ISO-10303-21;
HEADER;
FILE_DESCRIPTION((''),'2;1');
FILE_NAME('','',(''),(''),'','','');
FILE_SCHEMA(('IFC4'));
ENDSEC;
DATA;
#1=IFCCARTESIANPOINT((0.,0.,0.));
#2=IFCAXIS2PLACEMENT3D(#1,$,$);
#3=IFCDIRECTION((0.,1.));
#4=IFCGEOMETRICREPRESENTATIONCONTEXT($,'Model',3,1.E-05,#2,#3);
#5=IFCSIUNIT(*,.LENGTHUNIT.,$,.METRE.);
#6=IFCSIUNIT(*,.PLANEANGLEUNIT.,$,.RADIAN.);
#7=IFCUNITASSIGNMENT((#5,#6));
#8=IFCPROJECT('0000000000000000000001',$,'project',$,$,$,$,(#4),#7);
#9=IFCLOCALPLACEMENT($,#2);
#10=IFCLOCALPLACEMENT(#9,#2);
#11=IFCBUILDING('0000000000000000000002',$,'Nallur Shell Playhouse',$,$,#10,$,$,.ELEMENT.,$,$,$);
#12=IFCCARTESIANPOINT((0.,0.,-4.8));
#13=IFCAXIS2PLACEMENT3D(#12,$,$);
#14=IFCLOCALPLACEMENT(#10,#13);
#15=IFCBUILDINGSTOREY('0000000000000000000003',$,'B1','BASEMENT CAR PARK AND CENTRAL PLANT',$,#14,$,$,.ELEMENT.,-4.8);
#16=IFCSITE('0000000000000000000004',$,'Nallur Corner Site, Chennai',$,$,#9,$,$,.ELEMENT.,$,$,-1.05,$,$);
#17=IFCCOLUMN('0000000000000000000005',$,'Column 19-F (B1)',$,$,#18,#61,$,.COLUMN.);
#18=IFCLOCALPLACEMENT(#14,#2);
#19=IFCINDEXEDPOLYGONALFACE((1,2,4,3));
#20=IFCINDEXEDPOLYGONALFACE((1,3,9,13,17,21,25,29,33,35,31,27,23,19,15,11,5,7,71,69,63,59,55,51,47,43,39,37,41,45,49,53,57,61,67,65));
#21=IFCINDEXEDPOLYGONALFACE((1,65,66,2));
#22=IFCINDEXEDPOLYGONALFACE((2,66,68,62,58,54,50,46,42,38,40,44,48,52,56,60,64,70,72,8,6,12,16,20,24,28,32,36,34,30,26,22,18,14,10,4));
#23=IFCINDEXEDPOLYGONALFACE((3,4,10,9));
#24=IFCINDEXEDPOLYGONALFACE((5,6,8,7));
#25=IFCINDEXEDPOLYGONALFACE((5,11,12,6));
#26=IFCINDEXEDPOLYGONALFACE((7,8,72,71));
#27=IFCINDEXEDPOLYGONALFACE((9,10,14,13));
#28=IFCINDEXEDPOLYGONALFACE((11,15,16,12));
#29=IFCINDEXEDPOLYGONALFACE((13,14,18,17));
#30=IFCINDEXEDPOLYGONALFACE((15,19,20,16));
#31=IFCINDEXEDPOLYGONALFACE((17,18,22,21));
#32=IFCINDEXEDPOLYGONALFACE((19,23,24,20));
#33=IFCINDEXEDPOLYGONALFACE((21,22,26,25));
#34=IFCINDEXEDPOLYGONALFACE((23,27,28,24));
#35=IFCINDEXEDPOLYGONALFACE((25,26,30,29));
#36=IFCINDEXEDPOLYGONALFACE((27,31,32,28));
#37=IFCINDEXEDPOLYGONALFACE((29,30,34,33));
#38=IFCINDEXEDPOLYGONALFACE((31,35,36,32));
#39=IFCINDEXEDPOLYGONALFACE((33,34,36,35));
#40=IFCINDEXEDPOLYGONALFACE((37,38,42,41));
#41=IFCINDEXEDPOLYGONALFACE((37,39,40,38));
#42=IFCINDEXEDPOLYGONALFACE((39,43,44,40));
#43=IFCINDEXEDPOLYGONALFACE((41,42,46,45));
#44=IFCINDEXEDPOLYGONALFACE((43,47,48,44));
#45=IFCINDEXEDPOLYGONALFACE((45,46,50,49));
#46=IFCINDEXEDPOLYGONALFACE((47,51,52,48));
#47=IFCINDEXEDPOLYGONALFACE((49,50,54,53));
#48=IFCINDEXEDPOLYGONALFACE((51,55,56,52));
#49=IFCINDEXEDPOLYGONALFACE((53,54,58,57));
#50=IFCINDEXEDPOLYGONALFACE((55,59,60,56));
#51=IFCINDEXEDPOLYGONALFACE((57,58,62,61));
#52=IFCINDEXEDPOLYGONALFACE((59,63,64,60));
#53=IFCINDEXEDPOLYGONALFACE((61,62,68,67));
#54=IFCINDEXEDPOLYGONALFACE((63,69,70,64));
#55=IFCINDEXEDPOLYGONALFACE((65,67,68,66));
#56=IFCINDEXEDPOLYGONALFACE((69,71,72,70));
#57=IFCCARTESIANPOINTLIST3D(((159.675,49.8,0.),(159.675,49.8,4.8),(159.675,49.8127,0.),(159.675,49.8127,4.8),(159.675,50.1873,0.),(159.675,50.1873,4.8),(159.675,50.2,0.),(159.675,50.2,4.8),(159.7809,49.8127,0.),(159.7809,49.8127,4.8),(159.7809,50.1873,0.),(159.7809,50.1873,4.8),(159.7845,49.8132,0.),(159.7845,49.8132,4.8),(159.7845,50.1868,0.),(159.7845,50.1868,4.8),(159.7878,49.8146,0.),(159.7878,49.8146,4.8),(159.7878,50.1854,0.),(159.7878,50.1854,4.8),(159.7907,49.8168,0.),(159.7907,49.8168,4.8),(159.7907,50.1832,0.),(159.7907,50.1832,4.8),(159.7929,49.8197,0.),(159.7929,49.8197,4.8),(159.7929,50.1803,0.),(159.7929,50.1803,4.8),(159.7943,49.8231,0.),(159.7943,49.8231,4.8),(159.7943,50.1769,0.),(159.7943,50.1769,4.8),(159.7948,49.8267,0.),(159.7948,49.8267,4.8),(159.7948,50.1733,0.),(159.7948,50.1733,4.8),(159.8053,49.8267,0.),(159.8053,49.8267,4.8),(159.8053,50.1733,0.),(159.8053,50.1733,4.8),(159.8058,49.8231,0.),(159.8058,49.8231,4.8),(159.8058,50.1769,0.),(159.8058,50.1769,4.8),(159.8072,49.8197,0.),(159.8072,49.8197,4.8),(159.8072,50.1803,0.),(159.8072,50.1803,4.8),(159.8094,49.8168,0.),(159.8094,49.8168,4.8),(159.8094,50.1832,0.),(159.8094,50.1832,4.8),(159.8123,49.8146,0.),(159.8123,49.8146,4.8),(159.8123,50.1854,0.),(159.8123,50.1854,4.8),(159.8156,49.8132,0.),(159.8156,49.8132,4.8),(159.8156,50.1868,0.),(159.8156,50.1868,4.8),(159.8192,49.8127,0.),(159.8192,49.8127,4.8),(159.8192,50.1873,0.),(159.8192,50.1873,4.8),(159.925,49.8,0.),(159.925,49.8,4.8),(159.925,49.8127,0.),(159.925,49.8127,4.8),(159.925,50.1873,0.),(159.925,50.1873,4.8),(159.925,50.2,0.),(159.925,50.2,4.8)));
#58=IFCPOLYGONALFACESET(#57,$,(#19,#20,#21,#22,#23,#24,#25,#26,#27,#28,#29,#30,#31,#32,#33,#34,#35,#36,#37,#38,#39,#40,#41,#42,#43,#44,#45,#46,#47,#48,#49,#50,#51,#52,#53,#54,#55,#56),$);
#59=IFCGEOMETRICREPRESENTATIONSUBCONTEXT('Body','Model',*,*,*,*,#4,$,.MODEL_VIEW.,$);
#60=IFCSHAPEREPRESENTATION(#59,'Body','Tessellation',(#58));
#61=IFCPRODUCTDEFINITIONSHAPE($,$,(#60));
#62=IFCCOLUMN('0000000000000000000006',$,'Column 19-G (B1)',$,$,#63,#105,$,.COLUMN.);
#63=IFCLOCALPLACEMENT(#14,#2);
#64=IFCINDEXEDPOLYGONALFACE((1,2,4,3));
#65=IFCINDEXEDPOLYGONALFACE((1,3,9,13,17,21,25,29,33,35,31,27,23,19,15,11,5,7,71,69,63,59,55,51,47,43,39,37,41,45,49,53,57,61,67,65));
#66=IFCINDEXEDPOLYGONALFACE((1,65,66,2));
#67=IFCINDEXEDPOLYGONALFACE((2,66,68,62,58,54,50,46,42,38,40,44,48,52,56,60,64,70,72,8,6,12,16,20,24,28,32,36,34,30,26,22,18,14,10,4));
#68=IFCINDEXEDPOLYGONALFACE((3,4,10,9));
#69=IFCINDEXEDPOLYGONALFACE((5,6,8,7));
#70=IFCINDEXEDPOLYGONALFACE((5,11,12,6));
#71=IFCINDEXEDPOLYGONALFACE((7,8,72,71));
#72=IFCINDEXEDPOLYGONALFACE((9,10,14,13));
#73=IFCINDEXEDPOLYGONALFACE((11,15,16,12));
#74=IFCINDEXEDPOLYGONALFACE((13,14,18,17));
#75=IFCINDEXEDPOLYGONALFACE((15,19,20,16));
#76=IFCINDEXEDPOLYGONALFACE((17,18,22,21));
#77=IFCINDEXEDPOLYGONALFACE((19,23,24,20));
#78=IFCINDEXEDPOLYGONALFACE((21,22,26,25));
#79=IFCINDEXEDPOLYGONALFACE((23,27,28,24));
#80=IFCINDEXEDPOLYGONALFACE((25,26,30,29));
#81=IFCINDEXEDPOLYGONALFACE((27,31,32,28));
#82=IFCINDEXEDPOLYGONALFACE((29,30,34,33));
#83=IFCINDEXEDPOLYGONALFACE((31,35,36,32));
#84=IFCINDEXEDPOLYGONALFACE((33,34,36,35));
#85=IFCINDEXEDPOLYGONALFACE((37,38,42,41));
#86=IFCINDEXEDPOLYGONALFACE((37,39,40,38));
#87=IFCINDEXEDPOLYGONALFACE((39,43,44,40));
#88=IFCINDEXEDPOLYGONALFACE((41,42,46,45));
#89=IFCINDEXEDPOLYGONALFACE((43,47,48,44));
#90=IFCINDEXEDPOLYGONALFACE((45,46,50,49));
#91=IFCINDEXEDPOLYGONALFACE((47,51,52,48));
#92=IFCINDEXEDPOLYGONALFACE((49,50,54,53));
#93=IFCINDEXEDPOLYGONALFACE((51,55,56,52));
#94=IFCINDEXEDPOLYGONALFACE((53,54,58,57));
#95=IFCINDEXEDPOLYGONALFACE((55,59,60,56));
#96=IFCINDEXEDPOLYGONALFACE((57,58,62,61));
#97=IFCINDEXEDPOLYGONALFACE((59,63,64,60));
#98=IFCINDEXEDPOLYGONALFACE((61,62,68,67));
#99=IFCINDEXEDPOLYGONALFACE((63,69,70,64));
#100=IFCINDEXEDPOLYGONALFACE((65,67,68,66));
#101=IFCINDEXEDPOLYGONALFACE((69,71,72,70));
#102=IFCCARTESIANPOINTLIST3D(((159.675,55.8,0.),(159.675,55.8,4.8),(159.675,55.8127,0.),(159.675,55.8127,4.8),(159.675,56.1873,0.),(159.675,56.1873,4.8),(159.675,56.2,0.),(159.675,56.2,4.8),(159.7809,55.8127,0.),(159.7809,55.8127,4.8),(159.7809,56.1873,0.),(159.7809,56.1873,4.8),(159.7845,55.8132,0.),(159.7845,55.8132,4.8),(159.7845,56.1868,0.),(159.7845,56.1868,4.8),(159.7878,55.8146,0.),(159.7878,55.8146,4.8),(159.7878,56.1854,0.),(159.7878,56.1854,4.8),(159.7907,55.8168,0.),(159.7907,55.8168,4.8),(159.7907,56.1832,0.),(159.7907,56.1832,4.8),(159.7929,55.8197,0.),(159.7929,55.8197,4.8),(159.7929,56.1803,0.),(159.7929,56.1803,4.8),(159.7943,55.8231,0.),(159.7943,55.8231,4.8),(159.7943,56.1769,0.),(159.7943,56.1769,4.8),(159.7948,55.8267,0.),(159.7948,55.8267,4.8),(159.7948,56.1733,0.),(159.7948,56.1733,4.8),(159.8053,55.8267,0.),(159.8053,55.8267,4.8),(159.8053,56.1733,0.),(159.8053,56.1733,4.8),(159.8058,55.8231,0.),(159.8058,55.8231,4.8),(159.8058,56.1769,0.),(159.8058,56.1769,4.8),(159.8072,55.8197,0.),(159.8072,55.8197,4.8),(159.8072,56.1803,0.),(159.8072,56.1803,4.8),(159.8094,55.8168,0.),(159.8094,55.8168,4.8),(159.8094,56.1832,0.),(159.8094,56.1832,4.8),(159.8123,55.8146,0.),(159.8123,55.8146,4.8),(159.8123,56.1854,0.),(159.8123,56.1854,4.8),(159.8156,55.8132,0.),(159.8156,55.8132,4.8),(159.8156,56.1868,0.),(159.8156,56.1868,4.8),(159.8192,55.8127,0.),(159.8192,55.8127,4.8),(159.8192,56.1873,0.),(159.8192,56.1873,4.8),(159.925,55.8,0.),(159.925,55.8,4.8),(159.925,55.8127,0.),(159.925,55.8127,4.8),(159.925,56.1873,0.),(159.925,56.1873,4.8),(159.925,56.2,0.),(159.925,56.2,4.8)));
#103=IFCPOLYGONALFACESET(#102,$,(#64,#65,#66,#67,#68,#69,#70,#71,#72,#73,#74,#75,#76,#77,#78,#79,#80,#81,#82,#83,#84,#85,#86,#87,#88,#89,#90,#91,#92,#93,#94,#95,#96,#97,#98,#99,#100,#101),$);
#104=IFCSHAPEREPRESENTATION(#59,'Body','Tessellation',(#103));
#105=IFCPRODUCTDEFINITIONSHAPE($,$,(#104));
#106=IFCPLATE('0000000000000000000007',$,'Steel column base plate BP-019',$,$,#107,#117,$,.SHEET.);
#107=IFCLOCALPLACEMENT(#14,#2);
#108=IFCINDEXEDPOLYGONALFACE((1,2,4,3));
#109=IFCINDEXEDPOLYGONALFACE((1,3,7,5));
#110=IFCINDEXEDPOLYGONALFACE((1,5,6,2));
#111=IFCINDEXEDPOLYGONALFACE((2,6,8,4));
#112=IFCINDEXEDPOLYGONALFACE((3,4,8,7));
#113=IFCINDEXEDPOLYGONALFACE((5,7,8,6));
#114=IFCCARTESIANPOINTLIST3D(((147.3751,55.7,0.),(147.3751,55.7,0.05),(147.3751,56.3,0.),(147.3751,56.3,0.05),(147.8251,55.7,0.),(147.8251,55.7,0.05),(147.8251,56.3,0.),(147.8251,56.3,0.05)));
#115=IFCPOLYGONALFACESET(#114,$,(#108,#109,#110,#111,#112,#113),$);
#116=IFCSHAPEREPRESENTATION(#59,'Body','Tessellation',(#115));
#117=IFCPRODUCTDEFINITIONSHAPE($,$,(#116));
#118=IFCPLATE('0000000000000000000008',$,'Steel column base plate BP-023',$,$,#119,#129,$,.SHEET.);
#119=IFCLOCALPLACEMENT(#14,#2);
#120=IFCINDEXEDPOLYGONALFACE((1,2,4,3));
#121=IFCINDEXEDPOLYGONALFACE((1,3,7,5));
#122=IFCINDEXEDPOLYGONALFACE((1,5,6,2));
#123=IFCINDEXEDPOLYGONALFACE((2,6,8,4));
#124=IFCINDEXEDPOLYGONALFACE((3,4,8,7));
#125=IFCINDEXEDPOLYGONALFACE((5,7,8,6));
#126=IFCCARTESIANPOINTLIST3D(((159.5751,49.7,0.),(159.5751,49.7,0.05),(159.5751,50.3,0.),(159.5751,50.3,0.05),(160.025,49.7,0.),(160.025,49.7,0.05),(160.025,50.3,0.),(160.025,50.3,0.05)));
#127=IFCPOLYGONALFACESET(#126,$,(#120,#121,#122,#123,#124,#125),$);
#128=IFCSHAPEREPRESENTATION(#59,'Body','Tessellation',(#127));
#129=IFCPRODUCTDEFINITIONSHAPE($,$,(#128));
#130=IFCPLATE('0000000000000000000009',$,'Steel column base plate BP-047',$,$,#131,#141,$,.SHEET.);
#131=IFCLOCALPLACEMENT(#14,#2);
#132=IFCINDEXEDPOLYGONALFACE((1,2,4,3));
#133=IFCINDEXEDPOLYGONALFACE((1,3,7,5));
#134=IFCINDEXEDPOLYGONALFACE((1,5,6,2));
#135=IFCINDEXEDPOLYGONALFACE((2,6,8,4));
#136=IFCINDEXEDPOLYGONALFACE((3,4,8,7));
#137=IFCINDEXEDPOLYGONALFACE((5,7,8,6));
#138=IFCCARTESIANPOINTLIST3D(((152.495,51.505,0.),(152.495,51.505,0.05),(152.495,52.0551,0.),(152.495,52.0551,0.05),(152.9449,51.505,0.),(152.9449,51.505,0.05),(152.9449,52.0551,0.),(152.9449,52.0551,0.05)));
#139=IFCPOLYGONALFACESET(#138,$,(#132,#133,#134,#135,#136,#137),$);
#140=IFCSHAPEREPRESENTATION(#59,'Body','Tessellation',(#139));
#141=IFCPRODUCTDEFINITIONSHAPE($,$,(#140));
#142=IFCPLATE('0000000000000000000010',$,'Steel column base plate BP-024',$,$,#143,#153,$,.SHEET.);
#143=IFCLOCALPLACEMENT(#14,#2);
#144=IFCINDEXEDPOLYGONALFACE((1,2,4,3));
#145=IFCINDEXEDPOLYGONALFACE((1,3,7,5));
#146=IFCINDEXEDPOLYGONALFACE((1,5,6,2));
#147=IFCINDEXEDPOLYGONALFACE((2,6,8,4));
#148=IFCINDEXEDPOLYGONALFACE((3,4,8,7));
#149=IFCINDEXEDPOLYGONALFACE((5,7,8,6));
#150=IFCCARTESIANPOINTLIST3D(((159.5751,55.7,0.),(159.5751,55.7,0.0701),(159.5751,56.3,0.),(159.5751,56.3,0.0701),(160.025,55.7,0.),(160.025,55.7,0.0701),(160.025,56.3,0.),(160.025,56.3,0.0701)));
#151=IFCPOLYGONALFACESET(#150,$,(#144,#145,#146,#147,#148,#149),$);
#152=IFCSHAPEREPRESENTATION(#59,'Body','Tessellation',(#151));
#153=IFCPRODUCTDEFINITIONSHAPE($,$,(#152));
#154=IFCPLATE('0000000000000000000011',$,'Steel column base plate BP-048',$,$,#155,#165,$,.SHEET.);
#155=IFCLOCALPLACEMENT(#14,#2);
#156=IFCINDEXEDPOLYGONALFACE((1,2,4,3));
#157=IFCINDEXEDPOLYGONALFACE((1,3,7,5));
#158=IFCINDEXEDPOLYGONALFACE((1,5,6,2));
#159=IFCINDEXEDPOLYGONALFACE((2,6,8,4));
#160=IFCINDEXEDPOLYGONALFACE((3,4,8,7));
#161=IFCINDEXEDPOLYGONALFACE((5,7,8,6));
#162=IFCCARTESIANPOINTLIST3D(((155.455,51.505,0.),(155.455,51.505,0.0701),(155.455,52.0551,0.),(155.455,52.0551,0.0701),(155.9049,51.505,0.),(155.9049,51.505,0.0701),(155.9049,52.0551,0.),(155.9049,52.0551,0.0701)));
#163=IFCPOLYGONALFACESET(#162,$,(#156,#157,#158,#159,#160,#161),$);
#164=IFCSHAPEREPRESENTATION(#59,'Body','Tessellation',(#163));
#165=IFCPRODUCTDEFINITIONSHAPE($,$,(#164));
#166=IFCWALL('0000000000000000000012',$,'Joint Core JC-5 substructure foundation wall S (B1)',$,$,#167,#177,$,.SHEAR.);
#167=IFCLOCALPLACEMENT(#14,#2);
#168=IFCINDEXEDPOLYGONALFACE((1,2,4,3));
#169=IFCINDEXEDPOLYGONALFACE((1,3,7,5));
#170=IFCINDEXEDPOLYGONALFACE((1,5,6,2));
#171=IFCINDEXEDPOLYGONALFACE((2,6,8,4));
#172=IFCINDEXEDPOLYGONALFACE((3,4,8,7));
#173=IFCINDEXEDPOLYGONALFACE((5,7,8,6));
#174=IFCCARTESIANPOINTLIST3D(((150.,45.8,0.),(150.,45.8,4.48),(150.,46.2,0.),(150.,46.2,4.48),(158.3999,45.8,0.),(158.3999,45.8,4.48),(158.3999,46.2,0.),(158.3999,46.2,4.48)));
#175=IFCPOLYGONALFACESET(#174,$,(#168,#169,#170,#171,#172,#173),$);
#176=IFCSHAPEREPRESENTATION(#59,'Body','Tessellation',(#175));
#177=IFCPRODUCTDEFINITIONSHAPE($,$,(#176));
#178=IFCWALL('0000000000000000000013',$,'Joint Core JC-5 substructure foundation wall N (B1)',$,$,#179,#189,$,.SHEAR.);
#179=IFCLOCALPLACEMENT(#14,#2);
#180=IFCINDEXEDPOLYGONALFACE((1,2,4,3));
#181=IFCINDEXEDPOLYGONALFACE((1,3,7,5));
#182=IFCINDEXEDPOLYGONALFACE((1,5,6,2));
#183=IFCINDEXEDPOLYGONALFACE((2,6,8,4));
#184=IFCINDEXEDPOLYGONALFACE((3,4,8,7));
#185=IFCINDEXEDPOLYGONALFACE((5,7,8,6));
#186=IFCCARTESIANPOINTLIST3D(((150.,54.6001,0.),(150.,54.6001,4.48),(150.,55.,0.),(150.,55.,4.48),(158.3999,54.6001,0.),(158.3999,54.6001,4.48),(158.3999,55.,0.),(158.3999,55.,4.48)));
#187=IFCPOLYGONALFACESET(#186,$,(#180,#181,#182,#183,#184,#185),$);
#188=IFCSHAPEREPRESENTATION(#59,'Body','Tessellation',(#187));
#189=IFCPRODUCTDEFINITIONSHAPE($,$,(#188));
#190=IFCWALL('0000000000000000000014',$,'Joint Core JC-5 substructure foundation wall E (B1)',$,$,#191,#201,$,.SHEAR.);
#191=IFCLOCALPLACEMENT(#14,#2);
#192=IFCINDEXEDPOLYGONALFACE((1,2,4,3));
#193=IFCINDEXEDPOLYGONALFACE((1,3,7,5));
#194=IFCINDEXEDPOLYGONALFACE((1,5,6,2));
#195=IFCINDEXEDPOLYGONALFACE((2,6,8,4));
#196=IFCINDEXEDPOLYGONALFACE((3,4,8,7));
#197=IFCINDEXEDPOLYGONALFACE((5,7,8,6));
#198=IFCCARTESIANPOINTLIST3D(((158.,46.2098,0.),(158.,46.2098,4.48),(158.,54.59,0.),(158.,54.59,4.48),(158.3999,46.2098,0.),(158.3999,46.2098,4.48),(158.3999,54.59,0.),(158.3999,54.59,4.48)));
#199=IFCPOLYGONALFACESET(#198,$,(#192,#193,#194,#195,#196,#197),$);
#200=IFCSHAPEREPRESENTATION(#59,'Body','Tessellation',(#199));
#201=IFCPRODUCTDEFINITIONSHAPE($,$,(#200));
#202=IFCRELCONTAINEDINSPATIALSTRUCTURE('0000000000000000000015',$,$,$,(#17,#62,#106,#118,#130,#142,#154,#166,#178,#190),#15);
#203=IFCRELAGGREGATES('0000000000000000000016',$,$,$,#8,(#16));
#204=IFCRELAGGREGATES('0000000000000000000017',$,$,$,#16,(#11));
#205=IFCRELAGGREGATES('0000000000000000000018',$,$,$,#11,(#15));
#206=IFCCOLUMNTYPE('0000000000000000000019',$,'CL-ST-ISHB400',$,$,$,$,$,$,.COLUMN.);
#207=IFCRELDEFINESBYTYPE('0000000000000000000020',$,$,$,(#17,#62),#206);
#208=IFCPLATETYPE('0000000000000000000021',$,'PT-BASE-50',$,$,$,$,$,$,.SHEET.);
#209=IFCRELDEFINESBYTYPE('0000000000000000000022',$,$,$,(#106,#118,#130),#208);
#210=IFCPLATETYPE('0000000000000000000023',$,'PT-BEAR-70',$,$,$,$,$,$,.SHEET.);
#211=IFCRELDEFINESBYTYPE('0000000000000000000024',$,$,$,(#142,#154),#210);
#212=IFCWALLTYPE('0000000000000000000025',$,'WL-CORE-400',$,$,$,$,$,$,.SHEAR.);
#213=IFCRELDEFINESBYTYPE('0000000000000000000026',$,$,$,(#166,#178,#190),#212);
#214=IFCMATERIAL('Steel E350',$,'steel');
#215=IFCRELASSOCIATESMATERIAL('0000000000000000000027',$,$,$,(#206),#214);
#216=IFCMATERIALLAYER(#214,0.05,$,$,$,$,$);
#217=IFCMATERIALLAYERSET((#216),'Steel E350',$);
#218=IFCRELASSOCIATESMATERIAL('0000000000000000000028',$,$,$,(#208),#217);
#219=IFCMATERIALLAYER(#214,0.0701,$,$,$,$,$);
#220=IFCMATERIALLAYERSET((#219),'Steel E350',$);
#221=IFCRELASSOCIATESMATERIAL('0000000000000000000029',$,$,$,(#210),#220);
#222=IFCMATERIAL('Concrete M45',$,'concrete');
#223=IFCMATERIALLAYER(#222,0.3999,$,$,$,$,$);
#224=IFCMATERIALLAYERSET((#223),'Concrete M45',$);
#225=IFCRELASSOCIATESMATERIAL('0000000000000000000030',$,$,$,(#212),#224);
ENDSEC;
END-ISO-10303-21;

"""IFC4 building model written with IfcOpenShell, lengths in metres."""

from ifc_helpers import new_model, si_unit, direction, frame, frame_2d, origin, origin_2d, place, context, subcontext, project, spatial, rectangle, i_section, extrude, material, layer, layer_set, material_profile, profile_set, type_object, element, save


model = new_model("IFC4")

# Units and contexts
model_context = context("Model", 3, precision=1e-05, world=origin(), true_north=direction((0.0, 1.0)))
body_context = subcontext(model_context, "Body", "Model", "MODEL_VIEW")
ifc_project = project(units=[si_unit("LENGTHUNIT", "METRE"), si_unit("PLANEANGLEUNIT", "RADIAN")], contexts=[model_context])

# Site, building, storey
site_placement = place(None, origin())
site = spatial("IfcSite", under=ifc_project, at=site_placement, Name="Nallur Corner Site, Chennai", CompositionType="ELEMENT", RefElevation=-1.05)
building_placement = place(site_placement, origin())
building = spatial("IfcBuilding", under=site, at=building_placement, Name="Nallur Shell Playhouse", CompositionType="ELEMENT")
storey_placement = place(building_placement, frame((0.0, 0.0, -4.8)))
storey = spatial("IfcBuildingStorey", under=building, at=storey_placement, Name="B1", Description="BASEMENT CAR PARK AND CENTRAL PLANT", CompositionType="ELEMENT", Elevation=-4.8)

# Columns
ifc_material_1 = material(Name="Steel E350", Category="steel")
ifc_material_profile_1 = material_profile(ifc_material_1, i_section(OverallWidth=0.25, OverallDepth=0.3999, WebThickness=0.0105, FlangeThickness=0.0127, FilletRadius=0.0139, at=origin_2d()), Name="ISHB 400")
ifc_profile_set_1 = profile_set([ifc_material_profile_1], Name="Steel E350")
column_type_1 = type_object("IfcColumnType", Name="CL-ST-ISHB400", PredefinedType="COLUMN", material=ifc_profile_set_1)
for number, where, z_axis, x_axis, name in (
    (1, (159.8, 50.0, 0.0), (0.0, 0.0, 1.0), (1.0, 0.0, 0.0), "Column 19-F (B1)"),
    (2, (159.8, 56.0, 0.0), (0.0, 0.0, 1.0), (1.0, 0.0, 0.0), "Column 19-G (B1)"),
):
    element("IfcColumn", number, at=place(storey_placement, frame(where, z_axis=z_axis, x_axis=x_axis)), inside=storey, type_object=column_type_1, Name=name, PredefinedType="COLUMN", context=body_context, shape_type="SweptSolid", body=[
        extrude(i_section(OverallWidth=0.25, OverallDepth=0.3999, WebThickness=0.0105, FlangeThickness=0.0127, FilletRadius=0.0139, at=origin_2d()), origin(), (0.0, 0.0, 1.0), 4.8),
    ])

# Plates
ifc_layer_1 = layer(ifc_material_1, 0.05)
ifc_layer_set_1 = layer_set([ifc_layer_1], Name="Steel E350")
plate_type_1 = type_object("IfcPlateType", Name="PT-BASE-50", PredefinedType="SHEET", material=ifc_layer_set_1)
for number, where, z_axis, x_axis, name in (
    (3, (147.6001, 56.0, 0.0), (0.0, 0.0, 1.0), (1.0, 0.0, 0.0), "Steel column base plate BP-019"),
    (4, (159.8, 50.0, 0.0), (0.0, 0.0, 1.0), (1.0, 0.0, 0.0), "Steel column base plate BP-023"),
):
    element("IfcPlate", number, at=place(storey_placement, frame(where, z_axis=z_axis, x_axis=x_axis)), inside=storey, type_object=plate_type_1, Name=name, PredefinedType="SHEET", context=body_context, shape_type="SweptSolid", body=[
        extrude(rectangle(XDim=0.45, YDim=0.6001, at=origin_2d()), origin(), (0.0, 0.0, 1.0), 0.05),
    ])
plate_1_placement = place(storey_placement, frame((152.72, 51.78, 0.0), z_axis=(0.0, 0.0, 1.0), x_axis=(1.0, 0.0, 0.0)))
element("IfcPlate", 5, at=plate_1_placement, inside=storey, type_object=plate_type_1, Name="Steel column base plate BP-047", PredefinedType="SHEET", context=body_context, shape_type="SweptSolid", body=[
    extrude(rectangle(XDim=0.45, YDim=0.55, at=origin_2d()), origin(), (0.0, 0.0, 1.0), 0.05),
])
ifc_layer_2 = layer(ifc_material_1, 0.0701)
ifc_layer_set_2 = layer_set([ifc_layer_2], Name="Steel E350")
plate_type_2 = type_object("IfcPlateType", Name="PT-BEAR-70", PredefinedType="SHEET", material=ifc_layer_set_2)
plate_2_placement = place(storey_placement, frame((159.8, 56.0, 0.0), z_axis=(0.0, 0.0, 1.0), x_axis=(1.0, 0.0, 0.0)))
element("IfcPlate", 6, at=plate_2_placement, inside=storey, type_object=plate_type_2, Name="Steel column base plate BP-024", PredefinedType="SHEET", context=body_context, shape_type="SweptSolid", body=[
    extrude(rectangle(XDim=0.45, YDim=0.6001, at=origin_2d()), origin(), (0.0, 0.0, 1.0), 0.0701),
])
plate_3_placement = place(storey_placement, frame((155.6799, 51.78, 0.0), z_axis=(0.0, 0.0, 1.0), x_axis=(1.0, 0.0, 0.0)))
element("IfcPlate", 7, at=plate_3_placement, inside=storey, type_object=plate_type_2, Name="Steel column base plate BP-048", PredefinedType="SHEET", context=body_context, shape_type="SweptSolid", body=[
    extrude(rectangle(XDim=0.45, YDim=0.55, at=origin_2d()), origin(), (0.0, 0.0, 1.0), 0.0701),
])

# Walls
ifc_material_2 = material(Name="Concrete M45", Category="concrete")
ifc_layer_3 = layer(ifc_material_2, 0.3999)
ifc_layer_set_3 = layer_set([ifc_layer_3], Name="Concrete M45")
wall_type_1 = type_object("IfcWallType", Name="WL-CORE-400", PredefinedType="SHEAR", material=ifc_layer_set_3)
for number, where, z_axis, x_axis, name in (
    (8, (150.0, 46.0, 0.0), (0.0, 0.0, 1.0), (1.0, 0.0, 0.0), "Joint Core JC-5 substructure foundation wall S (B1)"),
    (9, (158.3999, 54.8, 0.0), (0.0, 0.0, 1.0), (-1.0, 0.0, 0.0), "Joint Core JC-5 substructure foundation wall N (B1)"),
):
    element("IfcWall", number, at=place(storey_placement, frame(where, z_axis=z_axis, x_axis=x_axis)), inside=storey, type_object=wall_type_1, Name=name, PredefinedType="SHEAR", context=body_context, shape_type="SweptSolid", body=[
        extrude(rectangle(XDim=8.3999, YDim=0.3999, at=frame_2d((4.2, 0.0))), origin(), (0.0, 0.0, 1.0), 4.48),
    ])
for number, where, z_axis, x_axis, name in (
    (10, (158.2, 46.21, 0.0), (0.0, 0.0, 1.0), (0.0, 1.0, 0.0), "Joint Core JC-5 substructure foundation wall E (B1)"),
):
    element("IfcWall", number, at=place(storey_placement, frame(where, z_axis=z_axis, x_axis=x_axis)), inside=storey, type_object=wall_type_1, Name=name, PredefinedType="SHEAR", context=body_context, shape_type="SweptSolid", body=[
        extrude(rectangle(XDim=8.3801, YDim=0.3999, at=frame_2d((4.1899, 0.0))), origin(), (0.0, 0.0, 1.0), 4.48),
    ])

save(model, "model.ifc")
